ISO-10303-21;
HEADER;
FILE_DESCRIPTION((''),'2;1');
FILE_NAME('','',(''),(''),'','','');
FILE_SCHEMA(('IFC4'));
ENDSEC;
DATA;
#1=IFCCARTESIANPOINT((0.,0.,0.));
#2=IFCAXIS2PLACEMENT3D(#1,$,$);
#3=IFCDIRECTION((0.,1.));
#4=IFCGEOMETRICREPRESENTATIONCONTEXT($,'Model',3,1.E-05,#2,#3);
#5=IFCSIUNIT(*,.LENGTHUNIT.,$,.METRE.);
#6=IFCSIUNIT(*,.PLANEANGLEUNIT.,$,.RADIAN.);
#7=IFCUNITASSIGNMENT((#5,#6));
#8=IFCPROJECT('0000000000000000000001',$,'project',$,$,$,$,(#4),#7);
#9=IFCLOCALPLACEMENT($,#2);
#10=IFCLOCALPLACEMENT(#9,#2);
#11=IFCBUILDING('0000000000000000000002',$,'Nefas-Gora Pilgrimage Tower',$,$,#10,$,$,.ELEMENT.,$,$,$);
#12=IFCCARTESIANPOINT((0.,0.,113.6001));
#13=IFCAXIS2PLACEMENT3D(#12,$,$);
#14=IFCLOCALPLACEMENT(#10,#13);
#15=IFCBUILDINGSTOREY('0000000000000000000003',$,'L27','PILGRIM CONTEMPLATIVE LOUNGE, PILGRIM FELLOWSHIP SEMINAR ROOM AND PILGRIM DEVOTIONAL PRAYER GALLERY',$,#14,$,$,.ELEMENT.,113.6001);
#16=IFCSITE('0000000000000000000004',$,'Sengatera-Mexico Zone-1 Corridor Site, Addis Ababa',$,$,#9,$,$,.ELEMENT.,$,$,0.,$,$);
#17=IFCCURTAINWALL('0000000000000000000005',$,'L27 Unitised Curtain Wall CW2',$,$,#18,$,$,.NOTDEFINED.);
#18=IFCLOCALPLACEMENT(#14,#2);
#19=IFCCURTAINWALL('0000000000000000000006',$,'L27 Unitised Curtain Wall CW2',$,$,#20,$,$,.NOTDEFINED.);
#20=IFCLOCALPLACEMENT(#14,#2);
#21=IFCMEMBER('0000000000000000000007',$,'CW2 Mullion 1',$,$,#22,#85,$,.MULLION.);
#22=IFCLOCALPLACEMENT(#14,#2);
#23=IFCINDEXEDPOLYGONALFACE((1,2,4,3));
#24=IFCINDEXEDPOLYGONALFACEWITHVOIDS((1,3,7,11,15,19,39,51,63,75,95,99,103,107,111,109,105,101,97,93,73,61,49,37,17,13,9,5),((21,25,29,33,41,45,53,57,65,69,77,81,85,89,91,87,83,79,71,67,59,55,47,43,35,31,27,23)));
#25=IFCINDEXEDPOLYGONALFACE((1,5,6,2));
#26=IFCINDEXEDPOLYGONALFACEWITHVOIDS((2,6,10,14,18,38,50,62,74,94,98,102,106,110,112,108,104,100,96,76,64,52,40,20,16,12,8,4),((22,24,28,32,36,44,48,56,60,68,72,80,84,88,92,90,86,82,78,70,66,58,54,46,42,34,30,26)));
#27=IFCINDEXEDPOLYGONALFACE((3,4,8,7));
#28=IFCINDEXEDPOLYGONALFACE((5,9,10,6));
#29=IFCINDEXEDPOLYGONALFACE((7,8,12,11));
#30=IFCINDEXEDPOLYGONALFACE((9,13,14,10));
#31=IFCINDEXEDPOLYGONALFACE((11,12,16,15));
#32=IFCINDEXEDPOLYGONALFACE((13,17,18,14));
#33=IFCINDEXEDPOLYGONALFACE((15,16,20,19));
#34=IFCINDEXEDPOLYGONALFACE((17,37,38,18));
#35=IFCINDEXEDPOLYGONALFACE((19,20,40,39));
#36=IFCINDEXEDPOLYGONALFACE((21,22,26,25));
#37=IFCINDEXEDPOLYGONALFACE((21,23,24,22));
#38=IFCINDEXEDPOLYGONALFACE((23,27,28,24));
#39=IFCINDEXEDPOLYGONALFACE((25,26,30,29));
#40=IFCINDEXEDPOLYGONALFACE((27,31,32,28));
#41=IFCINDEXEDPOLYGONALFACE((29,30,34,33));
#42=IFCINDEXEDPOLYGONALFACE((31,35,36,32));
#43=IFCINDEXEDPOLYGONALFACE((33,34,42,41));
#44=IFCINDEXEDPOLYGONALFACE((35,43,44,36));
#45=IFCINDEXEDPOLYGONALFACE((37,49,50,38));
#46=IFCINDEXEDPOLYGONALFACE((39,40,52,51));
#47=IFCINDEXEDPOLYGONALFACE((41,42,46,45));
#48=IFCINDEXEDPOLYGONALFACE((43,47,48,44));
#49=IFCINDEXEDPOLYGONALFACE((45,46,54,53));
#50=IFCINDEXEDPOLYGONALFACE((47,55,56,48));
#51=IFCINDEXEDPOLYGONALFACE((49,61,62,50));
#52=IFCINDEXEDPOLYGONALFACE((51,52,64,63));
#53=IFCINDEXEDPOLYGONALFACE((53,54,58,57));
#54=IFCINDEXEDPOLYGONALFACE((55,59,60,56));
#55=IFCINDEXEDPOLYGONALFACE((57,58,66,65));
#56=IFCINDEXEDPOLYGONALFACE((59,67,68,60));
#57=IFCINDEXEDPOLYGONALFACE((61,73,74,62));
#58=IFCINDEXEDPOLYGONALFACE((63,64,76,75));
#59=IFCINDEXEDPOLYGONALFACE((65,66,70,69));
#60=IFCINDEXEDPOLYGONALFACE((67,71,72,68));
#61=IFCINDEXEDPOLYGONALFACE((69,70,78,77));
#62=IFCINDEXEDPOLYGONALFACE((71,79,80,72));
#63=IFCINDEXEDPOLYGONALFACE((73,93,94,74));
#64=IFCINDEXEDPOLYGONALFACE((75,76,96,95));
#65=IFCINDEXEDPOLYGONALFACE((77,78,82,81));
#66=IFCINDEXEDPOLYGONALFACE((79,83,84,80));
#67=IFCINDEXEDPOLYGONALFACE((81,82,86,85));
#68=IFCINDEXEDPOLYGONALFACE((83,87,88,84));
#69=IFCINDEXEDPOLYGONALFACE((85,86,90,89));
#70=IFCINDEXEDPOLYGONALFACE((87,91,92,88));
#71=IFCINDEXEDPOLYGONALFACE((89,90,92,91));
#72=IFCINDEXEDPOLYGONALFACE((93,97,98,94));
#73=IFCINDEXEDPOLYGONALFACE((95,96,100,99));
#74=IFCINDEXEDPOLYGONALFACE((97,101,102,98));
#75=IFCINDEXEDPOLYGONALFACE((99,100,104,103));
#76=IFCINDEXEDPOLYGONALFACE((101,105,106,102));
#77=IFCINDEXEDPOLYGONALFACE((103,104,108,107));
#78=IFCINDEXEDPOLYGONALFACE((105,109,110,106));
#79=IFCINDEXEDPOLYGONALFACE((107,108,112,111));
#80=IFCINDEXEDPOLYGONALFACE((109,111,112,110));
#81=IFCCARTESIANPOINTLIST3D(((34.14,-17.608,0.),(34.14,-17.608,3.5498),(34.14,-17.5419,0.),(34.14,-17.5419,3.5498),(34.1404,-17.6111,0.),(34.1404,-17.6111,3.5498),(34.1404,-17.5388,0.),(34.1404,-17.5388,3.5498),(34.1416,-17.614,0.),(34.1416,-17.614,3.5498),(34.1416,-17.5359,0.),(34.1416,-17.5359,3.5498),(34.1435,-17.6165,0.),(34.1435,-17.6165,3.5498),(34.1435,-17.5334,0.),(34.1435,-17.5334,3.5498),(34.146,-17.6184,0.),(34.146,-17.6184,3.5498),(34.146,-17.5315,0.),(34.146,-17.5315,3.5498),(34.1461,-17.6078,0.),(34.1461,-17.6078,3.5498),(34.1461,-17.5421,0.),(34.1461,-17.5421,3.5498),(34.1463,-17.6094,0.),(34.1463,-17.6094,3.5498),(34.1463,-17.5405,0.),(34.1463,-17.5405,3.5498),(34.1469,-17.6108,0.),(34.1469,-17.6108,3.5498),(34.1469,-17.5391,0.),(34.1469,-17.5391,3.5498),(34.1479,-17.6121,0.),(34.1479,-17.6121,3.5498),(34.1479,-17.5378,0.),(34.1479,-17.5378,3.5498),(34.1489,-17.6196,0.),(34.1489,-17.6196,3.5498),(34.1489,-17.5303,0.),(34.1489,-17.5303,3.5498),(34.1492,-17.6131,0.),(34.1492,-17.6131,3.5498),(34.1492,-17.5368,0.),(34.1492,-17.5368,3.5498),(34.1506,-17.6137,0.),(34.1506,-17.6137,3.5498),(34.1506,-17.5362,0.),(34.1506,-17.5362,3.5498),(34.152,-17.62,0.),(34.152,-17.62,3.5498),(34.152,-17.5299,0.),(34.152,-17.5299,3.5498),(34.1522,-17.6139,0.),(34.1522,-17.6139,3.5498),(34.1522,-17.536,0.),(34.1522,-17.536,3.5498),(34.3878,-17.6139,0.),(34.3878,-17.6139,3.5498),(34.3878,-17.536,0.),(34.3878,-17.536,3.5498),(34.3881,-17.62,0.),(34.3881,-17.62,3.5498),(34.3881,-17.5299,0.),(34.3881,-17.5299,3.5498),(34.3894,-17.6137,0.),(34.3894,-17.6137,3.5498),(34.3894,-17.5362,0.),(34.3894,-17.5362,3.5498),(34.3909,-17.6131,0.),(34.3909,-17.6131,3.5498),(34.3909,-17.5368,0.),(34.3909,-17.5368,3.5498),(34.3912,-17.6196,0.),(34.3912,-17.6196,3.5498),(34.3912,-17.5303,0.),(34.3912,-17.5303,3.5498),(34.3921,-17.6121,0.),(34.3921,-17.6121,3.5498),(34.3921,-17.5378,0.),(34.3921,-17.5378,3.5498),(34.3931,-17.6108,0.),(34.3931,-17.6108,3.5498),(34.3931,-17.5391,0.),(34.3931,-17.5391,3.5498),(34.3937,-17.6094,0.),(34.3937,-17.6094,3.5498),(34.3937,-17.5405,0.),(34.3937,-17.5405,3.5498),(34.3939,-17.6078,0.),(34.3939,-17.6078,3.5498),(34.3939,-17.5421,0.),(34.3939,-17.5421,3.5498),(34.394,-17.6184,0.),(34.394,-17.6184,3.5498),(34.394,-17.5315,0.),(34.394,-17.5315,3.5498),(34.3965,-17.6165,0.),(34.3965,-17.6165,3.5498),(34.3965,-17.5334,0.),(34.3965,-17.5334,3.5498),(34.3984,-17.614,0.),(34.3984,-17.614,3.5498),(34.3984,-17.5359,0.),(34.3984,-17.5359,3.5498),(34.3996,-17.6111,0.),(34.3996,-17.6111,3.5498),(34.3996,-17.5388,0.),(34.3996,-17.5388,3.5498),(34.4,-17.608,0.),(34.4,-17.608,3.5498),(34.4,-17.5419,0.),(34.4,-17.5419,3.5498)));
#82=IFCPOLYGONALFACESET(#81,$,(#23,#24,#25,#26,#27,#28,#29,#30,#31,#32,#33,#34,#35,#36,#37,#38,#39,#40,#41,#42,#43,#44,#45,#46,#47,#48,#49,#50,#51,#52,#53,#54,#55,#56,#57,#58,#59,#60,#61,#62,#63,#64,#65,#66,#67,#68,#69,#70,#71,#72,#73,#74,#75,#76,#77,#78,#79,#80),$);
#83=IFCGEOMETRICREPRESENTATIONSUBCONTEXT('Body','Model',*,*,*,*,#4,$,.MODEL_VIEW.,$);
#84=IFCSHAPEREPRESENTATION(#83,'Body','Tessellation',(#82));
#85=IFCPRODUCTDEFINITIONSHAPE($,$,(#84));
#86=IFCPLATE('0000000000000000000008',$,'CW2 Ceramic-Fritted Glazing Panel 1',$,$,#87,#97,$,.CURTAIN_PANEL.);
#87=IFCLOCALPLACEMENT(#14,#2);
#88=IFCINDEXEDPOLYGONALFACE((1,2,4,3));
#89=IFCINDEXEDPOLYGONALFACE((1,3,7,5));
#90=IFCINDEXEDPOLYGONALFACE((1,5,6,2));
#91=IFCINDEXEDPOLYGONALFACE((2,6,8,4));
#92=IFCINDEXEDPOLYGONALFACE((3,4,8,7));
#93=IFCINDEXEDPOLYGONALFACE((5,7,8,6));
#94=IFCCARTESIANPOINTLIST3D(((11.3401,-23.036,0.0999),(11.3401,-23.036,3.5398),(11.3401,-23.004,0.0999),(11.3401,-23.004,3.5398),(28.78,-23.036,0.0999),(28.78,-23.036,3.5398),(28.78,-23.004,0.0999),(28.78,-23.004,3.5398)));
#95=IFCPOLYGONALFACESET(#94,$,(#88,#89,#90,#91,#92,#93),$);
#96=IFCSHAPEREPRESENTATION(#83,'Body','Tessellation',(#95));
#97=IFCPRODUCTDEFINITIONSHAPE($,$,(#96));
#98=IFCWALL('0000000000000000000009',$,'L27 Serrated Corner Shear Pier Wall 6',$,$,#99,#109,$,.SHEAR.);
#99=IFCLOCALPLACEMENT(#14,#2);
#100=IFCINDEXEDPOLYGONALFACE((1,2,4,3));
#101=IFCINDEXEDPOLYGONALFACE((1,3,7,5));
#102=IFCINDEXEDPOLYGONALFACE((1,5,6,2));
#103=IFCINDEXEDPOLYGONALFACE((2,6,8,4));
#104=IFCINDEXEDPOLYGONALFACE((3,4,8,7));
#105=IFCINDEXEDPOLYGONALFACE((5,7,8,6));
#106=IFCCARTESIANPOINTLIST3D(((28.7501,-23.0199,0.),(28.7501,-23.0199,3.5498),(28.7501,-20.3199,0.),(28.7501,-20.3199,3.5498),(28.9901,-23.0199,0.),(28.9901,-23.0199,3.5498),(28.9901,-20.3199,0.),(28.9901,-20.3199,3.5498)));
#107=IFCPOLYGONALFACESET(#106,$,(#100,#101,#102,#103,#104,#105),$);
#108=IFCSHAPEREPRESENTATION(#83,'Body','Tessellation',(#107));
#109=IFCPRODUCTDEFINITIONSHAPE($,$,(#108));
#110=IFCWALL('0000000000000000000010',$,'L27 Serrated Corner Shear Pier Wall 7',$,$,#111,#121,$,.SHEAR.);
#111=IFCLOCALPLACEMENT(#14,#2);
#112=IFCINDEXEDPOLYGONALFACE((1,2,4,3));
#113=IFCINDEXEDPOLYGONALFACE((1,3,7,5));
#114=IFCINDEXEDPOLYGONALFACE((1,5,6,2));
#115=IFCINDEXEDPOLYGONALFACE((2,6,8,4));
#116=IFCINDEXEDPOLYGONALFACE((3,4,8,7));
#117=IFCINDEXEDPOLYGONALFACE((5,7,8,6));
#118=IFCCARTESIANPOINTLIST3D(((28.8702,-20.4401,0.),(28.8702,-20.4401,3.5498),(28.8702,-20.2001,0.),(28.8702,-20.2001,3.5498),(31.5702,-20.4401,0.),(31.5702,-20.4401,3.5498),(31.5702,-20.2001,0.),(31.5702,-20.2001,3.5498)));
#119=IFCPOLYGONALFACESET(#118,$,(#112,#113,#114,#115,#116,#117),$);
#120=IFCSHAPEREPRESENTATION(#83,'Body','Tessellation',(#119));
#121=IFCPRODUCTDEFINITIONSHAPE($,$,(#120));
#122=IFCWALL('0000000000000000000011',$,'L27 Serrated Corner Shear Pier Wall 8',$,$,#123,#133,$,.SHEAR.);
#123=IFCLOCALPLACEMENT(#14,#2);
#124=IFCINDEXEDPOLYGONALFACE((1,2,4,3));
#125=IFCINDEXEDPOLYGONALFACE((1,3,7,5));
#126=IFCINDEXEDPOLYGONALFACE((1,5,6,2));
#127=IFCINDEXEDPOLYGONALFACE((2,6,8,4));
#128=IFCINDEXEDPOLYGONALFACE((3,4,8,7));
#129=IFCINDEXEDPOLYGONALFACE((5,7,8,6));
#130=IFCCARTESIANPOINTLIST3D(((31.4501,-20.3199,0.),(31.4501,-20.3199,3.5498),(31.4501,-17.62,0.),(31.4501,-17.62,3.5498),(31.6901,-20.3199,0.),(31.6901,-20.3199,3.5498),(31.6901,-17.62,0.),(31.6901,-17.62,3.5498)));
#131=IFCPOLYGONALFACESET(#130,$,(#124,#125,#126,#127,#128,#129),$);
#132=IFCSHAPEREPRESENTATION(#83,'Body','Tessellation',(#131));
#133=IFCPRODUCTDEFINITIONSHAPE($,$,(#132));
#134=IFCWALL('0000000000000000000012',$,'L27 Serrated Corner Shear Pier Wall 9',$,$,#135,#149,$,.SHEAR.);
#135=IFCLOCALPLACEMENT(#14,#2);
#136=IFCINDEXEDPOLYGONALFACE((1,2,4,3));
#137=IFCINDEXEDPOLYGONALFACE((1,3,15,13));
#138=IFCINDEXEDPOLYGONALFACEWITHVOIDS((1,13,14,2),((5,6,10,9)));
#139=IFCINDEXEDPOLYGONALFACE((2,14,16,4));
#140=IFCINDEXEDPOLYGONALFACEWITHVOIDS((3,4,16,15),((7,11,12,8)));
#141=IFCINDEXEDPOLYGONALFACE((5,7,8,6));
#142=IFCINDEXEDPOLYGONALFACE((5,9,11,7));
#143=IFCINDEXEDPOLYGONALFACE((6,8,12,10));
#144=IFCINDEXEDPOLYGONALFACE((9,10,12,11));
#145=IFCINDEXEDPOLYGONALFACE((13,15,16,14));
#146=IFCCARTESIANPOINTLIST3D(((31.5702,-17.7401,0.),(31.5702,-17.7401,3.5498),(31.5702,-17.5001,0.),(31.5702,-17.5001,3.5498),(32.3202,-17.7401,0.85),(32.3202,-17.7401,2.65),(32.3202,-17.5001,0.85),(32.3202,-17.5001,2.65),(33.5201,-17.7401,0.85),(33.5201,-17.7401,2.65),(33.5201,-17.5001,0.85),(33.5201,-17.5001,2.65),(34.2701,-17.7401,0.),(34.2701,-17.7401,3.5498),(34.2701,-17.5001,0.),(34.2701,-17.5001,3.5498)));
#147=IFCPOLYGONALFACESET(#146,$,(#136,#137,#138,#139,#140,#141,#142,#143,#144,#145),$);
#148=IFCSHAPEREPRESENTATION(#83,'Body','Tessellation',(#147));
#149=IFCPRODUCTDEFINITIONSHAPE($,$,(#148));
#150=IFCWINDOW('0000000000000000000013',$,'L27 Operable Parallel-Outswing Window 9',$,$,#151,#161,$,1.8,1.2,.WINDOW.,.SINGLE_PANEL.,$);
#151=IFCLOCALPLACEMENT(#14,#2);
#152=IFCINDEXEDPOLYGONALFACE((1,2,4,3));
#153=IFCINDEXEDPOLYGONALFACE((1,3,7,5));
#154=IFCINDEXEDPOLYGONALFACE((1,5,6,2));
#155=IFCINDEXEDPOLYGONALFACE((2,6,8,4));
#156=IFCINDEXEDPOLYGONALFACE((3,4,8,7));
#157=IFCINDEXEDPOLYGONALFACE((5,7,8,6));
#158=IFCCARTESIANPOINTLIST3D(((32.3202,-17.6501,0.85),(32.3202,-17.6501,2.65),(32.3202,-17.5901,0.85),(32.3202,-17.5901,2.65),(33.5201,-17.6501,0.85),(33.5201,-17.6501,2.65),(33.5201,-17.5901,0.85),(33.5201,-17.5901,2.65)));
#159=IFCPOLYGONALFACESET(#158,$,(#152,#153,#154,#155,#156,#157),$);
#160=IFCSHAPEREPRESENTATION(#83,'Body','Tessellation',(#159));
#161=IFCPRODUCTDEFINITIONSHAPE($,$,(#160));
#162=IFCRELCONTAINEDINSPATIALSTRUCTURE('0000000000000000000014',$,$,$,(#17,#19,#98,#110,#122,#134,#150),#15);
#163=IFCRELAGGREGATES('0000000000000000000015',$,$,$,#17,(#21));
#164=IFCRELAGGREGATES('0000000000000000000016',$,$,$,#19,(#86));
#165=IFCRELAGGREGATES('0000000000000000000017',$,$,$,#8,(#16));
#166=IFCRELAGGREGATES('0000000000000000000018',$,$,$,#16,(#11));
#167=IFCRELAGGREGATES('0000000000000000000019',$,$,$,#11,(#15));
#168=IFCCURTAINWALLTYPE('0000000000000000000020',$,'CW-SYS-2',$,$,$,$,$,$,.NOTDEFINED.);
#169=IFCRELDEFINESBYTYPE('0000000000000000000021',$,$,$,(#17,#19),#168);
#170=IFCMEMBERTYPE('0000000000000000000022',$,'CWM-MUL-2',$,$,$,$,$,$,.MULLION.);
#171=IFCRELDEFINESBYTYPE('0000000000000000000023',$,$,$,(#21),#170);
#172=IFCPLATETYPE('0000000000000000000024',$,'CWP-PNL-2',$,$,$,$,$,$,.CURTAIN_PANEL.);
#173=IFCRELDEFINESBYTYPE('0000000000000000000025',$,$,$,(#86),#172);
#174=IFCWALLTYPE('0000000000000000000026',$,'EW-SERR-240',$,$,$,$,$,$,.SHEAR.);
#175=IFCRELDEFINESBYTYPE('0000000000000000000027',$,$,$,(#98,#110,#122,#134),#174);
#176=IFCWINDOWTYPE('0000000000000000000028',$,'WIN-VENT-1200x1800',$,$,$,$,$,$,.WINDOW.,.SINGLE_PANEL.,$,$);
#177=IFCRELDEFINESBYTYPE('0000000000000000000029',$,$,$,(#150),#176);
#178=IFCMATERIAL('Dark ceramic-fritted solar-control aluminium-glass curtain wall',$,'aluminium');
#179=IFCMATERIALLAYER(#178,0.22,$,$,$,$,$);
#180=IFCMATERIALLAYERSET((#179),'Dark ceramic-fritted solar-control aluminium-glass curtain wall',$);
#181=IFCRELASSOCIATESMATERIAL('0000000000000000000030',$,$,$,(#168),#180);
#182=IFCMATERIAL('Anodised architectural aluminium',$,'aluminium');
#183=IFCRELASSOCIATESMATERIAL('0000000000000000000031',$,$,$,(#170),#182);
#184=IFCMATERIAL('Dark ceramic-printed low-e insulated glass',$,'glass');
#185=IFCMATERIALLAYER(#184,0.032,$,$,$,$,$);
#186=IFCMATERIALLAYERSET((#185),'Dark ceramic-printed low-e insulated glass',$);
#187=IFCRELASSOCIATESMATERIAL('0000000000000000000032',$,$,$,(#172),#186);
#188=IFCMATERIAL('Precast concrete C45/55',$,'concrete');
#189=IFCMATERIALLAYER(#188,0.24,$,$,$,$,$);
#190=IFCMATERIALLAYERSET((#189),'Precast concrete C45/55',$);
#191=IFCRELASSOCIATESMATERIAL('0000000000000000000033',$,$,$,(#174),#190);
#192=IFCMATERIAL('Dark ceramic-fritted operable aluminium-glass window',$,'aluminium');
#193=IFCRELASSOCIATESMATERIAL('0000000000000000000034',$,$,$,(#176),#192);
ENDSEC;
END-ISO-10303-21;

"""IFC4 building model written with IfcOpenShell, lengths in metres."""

from ifc_helpers import new_model, si_unit, direction, frame, frame_2d, origin, origin_2d, place, context, subcontext, project, spatial, rectangle, hollow_rectangle, extrude, source, transform, mapped, material, layer, layer_set, material_profile, profile_set, type_object, element, fill, aggregate, save


model = new_model("IFC4")

# Units and contexts
model_context = context("Model", 3, precision=1e-05, world=origin(), true_north=direction((0.0, 1.0)))
body_context = subcontext(model_context, "Body", "Model", "MODEL_VIEW")
ifc_project = project(units=[si_unit("LENGTHUNIT", "METRE"), si_unit("PLANEANGLEUNIT", "RADIAN")], contexts=[model_context])

# Site, building, storey
site_placement = place(None, origin())
site = spatial("IfcSite", under=ifc_project, at=site_placement, Name="Sengatera-Mexico Zone-1 Corridor Site, Addis Ababa", CompositionType="ELEMENT", RefElevation=0.0)
building_placement = place(site_placement, origin())
building = spatial("IfcBuilding", under=site, at=building_placement, Name="Nefas-Gora Pilgrimage Tower", CompositionType="ELEMENT")
storey_placement = place(building_placement, frame((0.0, 0.0, 113.6001)))
storey = spatial("IfcBuildingStorey", under=building, at=storey_placement, Name="L27", Description="PILGRIM CONTEMPLATIVE LOUNGE, PILGRIM FELLOWSHIP SEMINAR ROOM AND PILGRIM DEVOTIONAL PRAYER GALLERY", CompositionType="ELEMENT", Elevation=113.6001)

# Curtain walls
ifc_material_1 = material(Name="Dark ceramic-fritted solar-control aluminium-glass curtain wall", Category="aluminium")
ifc_layer_1 = layer(ifc_material_1, 0.22)
ifc_layer_set_1 = layer_set([ifc_layer_1], Name="Dark ceramic-fritted solar-control aluminium-glass curtain wall")
curtain_wall_type = type_object("IfcCurtainWallType", Name="CW-SYS-2", PredefinedType="NOTDEFINED", material=ifc_layer_set_1)
curtain_wall_1_placement = place(storey_placement, origin())
curtain_wall_1 = element("IfcCurtainWall", 1, at=curtain_wall_1_placement, inside=storey, type_object=curtain_wall_type, Name="L27 Unitised Curtain Wall CW2", PredefinedType="NOTDEFINED")
ifc_material_2 = material(Name="Anodised architectural aluminium", Category="aluminium")
curtain_wall_2_placement = place(storey_placement, origin())
curtain_wall_2 = element("IfcCurtainWall", 2, at=curtain_wall_2_placement, inside=storey, type_object=curtain_wall_type, Name="L27 Unitised Curtain Wall CW2", PredefinedType="NOTDEFINED")
ifc_material_profile_1 = material_profile(ifc_material_2, hollow_rectangle(XDim=0.0901, YDim=0.26, WallThickness=0.0061, InnerFilletRadius=0.0061, OuterFilletRadius=0.012, at=origin_2d()), Name="ALU MULLION 90x260")
ifc_profile_set_1 = profile_set([ifc_material_profile_1], Name="Anodised architectural aluminium")
member_type_1 = type_object("IfcMemberType", Name="CWM-MUL-2", PredefinedType="MULLION", material=ifc_profile_set_1)
shared_shape_1 = source(origin(), body_context, "Body", "SweptSolid", [
    extrude(hollow_rectangle(XDim=0.0901, YDim=0.26, WallThickness=0.0061, InnerFilletRadius=0.0061, OuterFilletRadius=0.012, at=origin_2d()), origin(), (0.0, 0.0, 1.0), 3.5498),
])

# Member
member_1_placement = place(storey_placement, frame((34.27, -17.575, 0.0), z_axis=(0.0, 0.0, 1.0), x_axis=(0.0, 1.0, 0.0)))
member_1 = element("IfcMember", 3, at=member_1_placement, type_object=member_type_1, Name="CW2 Mullion 1", PredefinedType="MULLION", context=body_context, shape_type="MappedRepresentation", body=[
    mapped(shared_shape_1, transform((0.0, 0.0, 0.0), x_axis=(1.0, 0.0, 0.0), y_axis=(0.0, 1.0, 0.0), z_axis=(0.0, 0.0, 1.0), scale=1.0)),
])
aggregate(curtain_wall_1, [member_1])

# Plate
ifc_material_3 = material(Name="Dark ceramic-printed low-e insulated glass", Category="glass")
ifc_layer_2 = layer(ifc_material_3, 0.032)
ifc_layer_set_2 = layer_set([ifc_layer_2], Name="Dark ceramic-printed low-e insulated glass")
plate_type = type_object("IfcPlateType", Name="CWP-PNL-2", PredefinedType="CURTAIN_PANEL", material=ifc_layer_set_2)
shared_shape_2 = source(origin(), body_context, "Body", "SweptSolid", [
    extrude(rectangle(XDim=17.4399, YDim=0.032, at=origin_2d()), origin(), (0.0, 0.0, 1.0), 3.4399),
])
plate_placement = place(storey_placement, frame((20.0601, -23.02, 0.0999), z_axis=(0.0, 0.0, 1.0), x_axis=(1.0, 0.0, 0.0)))
plate = element("IfcPlate", 4, at=plate_placement, type_object=plate_type, Name="CW2 Ceramic-Fritted Glazing Panel 1", PredefinedType="CURTAIN_PANEL", context=body_context, shape_type="MappedRepresentation", body=[
    mapped(shared_shape_2, transform((0.0, 0.0, 0.0), x_axis=(1.0, 0.0, 0.0), y_axis=(0.0, 1.0, 0.0), z_axis=(0.0, 0.0, 1.0), scale=1.0)),
])
aggregate(curtain_wall_2, [plate])

# Walls
ifc_material_4 = material(Name="Precast concrete C45/55", Category="concrete")
ifc_layer_3 = layer(ifc_material_4, 0.24)
ifc_layer_set_3 = layer_set([ifc_layer_3], Name="Precast concrete C45/55")
wall_type = type_object("IfcWallType", Name="EW-SERR-240", PredefinedType="SHEAR", material=ifc_layer_set_3)
shared_shape_3 = source(origin(), body_context, "Body", "SweptSolid", [
    extrude(rectangle(XDim=2.7, YDim=0.24, at=frame_2d((1.3501, 0.0))), origin(), (0.0, 0.0, 1.0), 3.5498),
])
for number, where, z_axis, x_axis, name in (
    (5, (28.8701, -23.02, 0.0), (0.0, 0.0, 1.0), (0.0, 1.0, 0.0), "L27 Serrated Corner Shear Pier Wall 6"),
    (6, (28.8701, -20.3201, 0.0), (0.0, 0.0, 1.0), (1.0, 0.0, 0.0), "L27 Serrated Corner Shear Pier Wall 7"),
    (7, (31.5701, -20.3201, 0.0), (0.0, 0.0, 1.0), (0.0, 1.0, 0.0), "L27 Serrated Corner Shear Pier Wall 8"),
):
    element("IfcWall", number, at=place(storey_placement, frame(where, z_axis=z_axis, x_axis=x_axis)), inside=storey, type_object=wall_type, Name=name, PredefinedType="SHEAR", context=body_context, shape_type="MappedRepresentation", body=[
        mapped(shared_shape_3, transform((0.0, 0.0, 0.0), x_axis=(1.0, 0.0, 0.0), y_axis=(0.0, 1.0, 0.0), z_axis=(0.0, 0.0, 1.0), scale=1.0)),
    ])

# Wall, opening, window
wall_placement = place(storey_placement, frame((31.5701, -17.6201, 0.0), z_axis=(0.0, 0.0, 1.0), x_axis=(1.0, 0.0, 0.0)))
wall = element("IfcWall", 8, at=wall_placement, inside=storey, type_object=wall_type, Name="L27 Serrated Corner Shear Pier Wall 9", PredefinedType="SHEAR", context=body_context, shape_type="MappedRepresentation", body=[
    mapped(shared_shape_3, transform((0.0, 0.0, 0.0), x_axis=(1.0, 0.0, 0.0), y_axis=(0.0, 1.0, 0.0), z_axis=(0.0, 0.0, 1.0), scale=1.0)),
])
opening_placement = place(wall_placement, frame((0.75, 0.0, 0.8501)))
opening = element("IfcOpeningElement", 9, at=opening_placement, cuts=wall, PredefinedType="OPENING", context=body_context, shape_type="SweptSolid", body=[
    extrude(rectangle(XDim=1.2, YDim=1.8, at=frame_2d((0.6001, 0.8999))), frame((0.0, 0.1299, 0.0), z_axis=(0.0, -1.0, 0.0), x_axis=(1.0, 0.0, 0.0)), (0.0, 0.0, 1.0), 0.26),
])
ifc_material_5 = material(Name="Dark ceramic-fritted operable aluminium-glass window", Category="aluminium")
window_type = type_object("IfcWindowType", Name="WIN-VENT-1200x1800", PartitioningType="SINGLE_PANEL", PredefinedType="WINDOW", material=ifc_material_5)
shared_shape_4 = source(origin(), body_context, "Body", "SweptSolid", [
    extrude(rectangle(XDim=1.2, YDim=1.8, at=frame_2d((0.6001, 0.8999))), frame((0.0, 0.03, 0.0), z_axis=(0.0, -1.0, 0.0), x_axis=(1.0, 0.0, 0.0)), (0.0, 0.0, 1.0), 0.0601),
])
window_placement = place(opening_placement, origin())
window = element("IfcWindow", 10, at=window_placement, inside=storey, type_object=window_type, Name="L27 Operable Parallel-Outswing Window 9", OverallHeight=1.8, OverallWidth=1.2, PartitioningType="SINGLE_PANEL", PredefinedType="WINDOW", context=body_context, shape_type="MappedRepresentation", body=[
    mapped(shared_shape_4, transform((0.0, 0.0, 0.0), x_axis=(1.0, 0.0, 0.0), y_axis=(0.0, 1.0, 0.0), z_axis=(0.0, 0.0, 1.0), scale=1.0)),
])
fill(opening, window)

save(model, "model.ifc")
